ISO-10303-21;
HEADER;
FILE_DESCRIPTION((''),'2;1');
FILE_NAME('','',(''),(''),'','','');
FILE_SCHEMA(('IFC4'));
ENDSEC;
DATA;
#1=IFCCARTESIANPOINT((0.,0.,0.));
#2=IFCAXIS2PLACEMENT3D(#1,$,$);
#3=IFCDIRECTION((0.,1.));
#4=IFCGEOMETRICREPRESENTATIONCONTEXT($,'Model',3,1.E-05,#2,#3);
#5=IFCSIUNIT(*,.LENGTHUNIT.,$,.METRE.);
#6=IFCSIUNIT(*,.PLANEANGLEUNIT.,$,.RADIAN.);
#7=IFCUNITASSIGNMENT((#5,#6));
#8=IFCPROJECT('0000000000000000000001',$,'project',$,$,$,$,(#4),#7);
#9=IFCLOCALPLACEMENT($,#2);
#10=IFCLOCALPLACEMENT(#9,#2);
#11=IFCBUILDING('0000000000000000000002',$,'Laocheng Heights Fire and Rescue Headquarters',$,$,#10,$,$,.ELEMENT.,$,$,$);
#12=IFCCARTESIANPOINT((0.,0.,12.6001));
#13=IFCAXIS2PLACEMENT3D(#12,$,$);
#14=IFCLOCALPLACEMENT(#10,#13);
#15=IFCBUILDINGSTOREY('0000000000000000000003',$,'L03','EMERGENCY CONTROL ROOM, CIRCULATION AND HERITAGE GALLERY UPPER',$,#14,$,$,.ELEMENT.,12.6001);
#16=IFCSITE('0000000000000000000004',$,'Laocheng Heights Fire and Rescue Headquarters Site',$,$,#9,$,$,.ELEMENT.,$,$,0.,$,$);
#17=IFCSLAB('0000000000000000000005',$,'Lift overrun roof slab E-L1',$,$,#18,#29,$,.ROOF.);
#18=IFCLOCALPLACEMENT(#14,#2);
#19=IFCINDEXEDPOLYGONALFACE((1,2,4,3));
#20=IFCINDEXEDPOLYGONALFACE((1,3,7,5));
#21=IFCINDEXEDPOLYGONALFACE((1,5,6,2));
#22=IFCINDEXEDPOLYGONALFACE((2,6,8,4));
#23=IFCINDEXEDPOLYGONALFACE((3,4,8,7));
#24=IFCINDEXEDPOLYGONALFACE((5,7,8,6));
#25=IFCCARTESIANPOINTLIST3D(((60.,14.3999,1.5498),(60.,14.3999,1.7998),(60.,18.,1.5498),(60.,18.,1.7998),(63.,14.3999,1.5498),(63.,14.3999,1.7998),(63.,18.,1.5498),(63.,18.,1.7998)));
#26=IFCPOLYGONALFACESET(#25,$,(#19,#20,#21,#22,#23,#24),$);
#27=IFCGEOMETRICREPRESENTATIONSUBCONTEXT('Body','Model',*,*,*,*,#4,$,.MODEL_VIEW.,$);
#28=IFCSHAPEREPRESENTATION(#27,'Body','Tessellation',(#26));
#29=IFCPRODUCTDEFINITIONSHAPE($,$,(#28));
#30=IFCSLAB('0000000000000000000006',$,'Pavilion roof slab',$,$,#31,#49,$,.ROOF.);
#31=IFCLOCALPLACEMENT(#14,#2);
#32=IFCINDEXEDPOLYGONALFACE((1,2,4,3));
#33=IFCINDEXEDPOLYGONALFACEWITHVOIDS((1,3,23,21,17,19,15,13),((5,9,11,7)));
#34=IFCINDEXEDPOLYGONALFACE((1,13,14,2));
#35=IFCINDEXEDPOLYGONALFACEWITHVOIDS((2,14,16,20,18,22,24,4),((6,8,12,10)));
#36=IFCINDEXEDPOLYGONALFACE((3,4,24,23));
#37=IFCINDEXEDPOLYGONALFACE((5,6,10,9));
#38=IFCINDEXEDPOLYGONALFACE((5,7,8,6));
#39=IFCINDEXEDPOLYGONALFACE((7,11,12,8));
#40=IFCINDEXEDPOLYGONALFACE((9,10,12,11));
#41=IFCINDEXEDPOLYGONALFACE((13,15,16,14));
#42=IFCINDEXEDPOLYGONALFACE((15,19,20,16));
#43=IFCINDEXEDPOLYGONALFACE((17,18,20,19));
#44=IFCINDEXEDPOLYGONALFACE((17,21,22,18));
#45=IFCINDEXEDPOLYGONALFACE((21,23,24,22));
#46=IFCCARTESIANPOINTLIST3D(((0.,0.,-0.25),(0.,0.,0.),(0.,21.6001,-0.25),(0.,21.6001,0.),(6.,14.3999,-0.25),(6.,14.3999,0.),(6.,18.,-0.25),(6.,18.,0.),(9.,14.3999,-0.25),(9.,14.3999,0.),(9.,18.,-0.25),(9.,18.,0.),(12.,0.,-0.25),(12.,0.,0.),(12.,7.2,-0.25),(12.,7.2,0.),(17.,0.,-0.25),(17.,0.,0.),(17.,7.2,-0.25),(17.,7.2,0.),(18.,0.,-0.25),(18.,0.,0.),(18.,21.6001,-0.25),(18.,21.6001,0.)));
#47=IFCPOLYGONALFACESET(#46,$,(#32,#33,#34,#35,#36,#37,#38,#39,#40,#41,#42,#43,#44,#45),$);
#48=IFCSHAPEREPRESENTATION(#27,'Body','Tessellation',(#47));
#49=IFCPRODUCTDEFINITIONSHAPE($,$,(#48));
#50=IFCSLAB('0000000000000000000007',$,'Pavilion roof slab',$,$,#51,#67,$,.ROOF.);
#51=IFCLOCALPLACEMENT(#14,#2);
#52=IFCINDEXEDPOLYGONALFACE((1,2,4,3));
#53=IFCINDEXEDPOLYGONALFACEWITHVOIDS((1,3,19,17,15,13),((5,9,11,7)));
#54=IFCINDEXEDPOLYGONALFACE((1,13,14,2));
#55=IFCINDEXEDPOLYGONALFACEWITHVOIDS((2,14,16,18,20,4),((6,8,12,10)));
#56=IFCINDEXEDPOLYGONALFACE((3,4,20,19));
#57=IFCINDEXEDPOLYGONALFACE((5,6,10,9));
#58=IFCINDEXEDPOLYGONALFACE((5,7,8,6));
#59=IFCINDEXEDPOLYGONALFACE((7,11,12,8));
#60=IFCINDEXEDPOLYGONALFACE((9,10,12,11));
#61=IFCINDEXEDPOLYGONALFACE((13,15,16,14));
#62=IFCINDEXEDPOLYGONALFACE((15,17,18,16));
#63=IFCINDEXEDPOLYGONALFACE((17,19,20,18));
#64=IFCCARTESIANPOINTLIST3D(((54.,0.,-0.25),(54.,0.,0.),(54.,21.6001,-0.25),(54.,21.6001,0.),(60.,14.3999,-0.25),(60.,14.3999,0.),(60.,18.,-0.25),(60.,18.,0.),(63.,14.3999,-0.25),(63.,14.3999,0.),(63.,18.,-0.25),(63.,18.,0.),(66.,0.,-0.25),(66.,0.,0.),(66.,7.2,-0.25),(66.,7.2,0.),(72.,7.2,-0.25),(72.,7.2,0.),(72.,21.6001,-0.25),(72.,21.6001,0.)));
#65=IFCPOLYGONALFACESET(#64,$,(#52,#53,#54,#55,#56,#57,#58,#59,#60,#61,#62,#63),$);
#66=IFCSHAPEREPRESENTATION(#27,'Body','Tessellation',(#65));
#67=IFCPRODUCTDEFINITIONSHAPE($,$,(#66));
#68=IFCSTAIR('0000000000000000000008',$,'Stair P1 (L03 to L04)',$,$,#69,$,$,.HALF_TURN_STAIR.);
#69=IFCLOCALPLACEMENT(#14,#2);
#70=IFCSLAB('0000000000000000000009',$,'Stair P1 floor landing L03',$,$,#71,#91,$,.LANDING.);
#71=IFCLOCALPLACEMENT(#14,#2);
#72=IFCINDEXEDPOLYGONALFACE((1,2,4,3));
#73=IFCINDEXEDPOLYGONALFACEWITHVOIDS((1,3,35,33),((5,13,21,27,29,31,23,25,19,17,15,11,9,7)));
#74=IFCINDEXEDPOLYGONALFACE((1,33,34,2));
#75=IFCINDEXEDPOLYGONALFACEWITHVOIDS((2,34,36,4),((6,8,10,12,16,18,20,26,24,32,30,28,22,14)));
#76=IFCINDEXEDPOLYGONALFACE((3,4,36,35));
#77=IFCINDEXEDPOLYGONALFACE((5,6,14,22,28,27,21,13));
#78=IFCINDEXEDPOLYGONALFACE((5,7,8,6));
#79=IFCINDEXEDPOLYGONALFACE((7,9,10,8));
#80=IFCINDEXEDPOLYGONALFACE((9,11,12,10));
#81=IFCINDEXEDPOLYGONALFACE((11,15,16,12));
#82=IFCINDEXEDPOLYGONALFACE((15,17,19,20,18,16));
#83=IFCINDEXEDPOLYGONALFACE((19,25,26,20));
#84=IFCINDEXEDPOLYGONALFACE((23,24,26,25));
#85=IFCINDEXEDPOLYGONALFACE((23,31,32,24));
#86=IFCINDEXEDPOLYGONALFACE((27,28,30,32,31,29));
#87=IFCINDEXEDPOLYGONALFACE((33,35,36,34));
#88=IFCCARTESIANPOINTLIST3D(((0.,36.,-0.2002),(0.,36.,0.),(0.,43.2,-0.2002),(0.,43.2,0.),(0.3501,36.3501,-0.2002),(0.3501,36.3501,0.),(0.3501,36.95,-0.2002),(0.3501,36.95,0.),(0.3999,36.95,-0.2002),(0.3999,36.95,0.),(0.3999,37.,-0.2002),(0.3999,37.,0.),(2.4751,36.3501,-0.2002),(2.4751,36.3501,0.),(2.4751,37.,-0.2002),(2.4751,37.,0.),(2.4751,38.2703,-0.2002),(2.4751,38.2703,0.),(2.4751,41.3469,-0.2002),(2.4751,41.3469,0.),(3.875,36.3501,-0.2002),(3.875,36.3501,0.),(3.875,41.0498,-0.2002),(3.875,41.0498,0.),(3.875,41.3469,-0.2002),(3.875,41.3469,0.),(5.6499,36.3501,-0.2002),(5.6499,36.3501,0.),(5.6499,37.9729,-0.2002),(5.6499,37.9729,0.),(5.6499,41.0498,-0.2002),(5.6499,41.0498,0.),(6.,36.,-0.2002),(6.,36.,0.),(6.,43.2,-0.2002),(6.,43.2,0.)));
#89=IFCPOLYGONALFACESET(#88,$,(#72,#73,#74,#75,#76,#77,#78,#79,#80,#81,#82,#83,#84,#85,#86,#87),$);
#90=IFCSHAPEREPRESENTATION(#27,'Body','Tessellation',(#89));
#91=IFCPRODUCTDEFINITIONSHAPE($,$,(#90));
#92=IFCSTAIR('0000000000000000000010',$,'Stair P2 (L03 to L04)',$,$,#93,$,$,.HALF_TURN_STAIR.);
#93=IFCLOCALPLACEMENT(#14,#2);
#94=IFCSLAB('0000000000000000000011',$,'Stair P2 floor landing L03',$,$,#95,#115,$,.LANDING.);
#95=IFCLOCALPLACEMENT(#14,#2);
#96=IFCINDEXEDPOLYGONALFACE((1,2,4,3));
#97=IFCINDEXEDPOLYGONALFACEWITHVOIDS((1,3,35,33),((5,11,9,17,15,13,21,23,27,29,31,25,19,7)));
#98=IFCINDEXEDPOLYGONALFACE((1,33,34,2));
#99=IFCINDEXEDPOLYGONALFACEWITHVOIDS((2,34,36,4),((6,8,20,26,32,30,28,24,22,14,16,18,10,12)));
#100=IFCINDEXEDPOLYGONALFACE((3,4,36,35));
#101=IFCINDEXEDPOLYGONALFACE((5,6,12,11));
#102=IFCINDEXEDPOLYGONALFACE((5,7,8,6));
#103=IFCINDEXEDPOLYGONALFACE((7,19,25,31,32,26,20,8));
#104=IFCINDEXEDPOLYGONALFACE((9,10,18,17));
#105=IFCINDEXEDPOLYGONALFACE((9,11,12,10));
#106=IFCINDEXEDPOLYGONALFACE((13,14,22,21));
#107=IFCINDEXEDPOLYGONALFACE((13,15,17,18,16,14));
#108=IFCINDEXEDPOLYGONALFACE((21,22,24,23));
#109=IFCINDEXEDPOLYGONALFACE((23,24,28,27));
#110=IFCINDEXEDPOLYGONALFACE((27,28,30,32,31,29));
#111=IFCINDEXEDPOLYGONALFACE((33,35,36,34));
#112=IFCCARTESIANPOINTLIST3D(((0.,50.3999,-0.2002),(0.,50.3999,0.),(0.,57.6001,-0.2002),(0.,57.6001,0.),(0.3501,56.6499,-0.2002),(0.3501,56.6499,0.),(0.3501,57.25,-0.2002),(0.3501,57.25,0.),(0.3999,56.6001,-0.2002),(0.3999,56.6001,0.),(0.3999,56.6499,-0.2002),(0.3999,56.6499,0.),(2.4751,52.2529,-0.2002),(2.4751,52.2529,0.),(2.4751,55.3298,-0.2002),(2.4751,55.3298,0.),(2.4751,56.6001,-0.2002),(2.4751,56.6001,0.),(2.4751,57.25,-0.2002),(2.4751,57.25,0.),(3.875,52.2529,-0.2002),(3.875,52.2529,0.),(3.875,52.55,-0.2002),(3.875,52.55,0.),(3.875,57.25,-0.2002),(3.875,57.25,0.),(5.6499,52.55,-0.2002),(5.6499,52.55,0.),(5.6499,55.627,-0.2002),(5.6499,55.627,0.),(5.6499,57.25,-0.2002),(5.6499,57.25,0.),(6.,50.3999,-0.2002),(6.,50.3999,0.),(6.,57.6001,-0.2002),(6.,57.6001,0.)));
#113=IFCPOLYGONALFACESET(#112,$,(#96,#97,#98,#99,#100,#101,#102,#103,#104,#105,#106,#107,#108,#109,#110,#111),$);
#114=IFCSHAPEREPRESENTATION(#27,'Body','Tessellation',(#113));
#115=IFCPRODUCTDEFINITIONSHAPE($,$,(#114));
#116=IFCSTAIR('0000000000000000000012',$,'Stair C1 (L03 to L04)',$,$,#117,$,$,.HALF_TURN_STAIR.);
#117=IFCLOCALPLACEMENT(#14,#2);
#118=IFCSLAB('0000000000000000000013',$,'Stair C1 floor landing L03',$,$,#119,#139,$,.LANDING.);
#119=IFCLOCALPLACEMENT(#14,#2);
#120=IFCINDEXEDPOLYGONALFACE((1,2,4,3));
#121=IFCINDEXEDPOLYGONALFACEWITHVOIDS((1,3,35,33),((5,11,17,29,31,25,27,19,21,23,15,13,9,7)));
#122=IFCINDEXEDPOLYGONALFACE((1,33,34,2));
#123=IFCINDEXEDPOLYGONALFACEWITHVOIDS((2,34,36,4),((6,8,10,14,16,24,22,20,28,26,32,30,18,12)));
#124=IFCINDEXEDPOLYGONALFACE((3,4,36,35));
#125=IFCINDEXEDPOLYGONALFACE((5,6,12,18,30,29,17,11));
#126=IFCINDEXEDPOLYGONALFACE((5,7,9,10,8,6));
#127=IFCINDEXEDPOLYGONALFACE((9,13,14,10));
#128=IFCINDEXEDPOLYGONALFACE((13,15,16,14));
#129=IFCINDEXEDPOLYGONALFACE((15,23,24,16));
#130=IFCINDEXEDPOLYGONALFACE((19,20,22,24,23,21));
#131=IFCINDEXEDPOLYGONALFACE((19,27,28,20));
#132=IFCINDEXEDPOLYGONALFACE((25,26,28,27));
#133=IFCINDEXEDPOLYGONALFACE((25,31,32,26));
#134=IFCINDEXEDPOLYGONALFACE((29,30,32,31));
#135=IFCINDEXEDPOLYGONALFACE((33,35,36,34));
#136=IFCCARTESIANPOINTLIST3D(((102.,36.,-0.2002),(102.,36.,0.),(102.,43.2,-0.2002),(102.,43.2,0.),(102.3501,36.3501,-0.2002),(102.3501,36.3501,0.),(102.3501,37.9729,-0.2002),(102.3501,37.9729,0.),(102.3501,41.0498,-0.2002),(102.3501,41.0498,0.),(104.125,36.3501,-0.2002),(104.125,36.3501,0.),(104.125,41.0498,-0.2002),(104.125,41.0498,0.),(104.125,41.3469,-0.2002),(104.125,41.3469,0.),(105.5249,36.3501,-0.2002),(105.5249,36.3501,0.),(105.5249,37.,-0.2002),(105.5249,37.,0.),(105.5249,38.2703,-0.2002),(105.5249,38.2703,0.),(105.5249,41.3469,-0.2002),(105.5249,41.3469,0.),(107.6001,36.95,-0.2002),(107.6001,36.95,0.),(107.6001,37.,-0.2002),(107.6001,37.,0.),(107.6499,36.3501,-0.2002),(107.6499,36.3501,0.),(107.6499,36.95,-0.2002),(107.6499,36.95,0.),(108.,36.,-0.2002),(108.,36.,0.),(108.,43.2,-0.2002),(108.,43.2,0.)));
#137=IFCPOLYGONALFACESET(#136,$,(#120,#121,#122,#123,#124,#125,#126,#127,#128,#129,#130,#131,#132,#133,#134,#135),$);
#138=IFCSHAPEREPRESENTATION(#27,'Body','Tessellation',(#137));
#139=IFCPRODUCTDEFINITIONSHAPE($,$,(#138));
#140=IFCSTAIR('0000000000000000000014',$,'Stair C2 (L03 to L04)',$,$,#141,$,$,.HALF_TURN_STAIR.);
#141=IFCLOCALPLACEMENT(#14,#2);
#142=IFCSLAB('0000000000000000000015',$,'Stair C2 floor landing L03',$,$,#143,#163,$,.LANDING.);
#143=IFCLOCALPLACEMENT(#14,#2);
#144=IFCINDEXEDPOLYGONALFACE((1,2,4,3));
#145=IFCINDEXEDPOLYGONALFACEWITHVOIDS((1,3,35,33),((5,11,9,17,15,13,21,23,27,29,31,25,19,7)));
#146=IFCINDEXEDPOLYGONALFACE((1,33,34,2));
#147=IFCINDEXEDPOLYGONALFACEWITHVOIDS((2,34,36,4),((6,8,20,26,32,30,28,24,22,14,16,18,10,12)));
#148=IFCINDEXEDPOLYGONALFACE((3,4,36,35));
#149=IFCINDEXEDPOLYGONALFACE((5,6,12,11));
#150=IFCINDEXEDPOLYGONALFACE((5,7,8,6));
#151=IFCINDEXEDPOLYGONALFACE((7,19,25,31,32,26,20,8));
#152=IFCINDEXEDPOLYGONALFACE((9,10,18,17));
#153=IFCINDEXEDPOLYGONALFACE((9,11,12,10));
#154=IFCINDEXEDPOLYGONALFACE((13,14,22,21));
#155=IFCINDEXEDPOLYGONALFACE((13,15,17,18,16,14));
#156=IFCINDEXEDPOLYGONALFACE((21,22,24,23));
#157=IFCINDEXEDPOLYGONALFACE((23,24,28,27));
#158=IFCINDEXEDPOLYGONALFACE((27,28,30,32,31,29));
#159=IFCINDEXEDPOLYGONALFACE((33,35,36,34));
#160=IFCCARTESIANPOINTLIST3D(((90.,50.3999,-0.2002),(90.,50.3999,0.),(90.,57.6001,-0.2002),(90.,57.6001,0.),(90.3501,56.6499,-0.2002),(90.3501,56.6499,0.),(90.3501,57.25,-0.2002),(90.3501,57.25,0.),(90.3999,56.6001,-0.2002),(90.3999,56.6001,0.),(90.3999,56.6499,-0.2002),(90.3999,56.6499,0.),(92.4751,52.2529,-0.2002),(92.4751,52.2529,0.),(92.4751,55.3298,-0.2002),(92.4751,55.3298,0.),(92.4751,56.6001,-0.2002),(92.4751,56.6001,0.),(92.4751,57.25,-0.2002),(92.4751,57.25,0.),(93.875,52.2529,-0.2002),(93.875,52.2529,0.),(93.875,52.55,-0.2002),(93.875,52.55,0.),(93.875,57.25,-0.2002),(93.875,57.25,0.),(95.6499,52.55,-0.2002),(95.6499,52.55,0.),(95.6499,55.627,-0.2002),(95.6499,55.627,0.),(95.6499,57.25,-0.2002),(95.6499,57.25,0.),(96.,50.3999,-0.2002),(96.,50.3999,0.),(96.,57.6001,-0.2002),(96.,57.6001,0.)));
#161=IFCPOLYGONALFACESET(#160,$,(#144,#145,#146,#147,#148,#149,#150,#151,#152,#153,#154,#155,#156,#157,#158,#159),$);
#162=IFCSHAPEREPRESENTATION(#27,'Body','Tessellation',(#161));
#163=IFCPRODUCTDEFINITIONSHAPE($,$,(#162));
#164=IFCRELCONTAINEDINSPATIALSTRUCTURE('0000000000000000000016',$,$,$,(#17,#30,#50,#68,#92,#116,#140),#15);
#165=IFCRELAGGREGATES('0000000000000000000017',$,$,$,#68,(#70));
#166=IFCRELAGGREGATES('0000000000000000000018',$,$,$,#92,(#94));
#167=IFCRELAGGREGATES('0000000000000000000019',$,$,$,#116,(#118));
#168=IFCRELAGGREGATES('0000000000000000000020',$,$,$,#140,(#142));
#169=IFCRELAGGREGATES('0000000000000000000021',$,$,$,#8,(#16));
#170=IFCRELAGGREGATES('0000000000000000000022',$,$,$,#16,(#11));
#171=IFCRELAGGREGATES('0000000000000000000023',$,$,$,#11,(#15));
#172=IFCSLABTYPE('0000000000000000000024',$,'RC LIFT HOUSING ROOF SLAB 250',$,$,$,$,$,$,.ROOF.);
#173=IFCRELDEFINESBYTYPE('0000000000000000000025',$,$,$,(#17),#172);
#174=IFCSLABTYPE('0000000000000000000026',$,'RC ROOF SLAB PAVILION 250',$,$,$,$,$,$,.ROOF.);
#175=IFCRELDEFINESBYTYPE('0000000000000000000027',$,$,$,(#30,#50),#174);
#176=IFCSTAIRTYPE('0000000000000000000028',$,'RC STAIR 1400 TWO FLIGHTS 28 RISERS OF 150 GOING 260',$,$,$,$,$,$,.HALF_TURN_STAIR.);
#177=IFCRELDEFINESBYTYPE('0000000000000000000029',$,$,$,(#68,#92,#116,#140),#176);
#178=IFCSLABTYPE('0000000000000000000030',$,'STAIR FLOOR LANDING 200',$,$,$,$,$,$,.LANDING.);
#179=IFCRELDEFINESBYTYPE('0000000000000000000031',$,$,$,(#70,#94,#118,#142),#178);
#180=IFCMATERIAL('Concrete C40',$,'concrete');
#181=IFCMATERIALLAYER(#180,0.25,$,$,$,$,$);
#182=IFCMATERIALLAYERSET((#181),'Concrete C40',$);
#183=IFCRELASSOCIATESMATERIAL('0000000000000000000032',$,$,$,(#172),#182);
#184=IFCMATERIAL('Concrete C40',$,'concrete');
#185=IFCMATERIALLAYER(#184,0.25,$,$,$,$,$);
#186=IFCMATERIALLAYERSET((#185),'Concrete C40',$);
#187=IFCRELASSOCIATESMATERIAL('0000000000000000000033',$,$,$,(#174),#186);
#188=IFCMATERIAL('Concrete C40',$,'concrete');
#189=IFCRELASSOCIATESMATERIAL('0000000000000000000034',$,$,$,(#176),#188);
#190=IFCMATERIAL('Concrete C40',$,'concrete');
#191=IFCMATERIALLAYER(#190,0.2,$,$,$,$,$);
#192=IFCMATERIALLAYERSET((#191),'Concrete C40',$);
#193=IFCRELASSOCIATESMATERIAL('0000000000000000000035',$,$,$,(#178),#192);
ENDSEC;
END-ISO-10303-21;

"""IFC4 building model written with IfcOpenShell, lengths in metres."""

from ifc_helpers import new_model, si_unit, direction, frame, origin, place, context, subcontext, project, spatial, polyline, outline, extrude, material, layer, layer_set, type_object, element, aggregate, save


model = new_model("IFC4")

# Units and contexts
model_context = context("Model", 3, precision=1e-05, world=origin(), true_north=direction((0.0, 1.0)))
body_context = subcontext(model_context, "Body", "Model", "MODEL_VIEW")
ifc_project = project(units=[si_unit("LENGTHUNIT", "METRE"), si_unit("PLANEANGLEUNIT", "RADIAN")], contexts=[model_context])

# Site, building, storey
site_placement = place(None, origin())
site = spatial("IfcSite", under=ifc_project, at=site_placement, Name="Laocheng Heights Fire and Rescue Headquarters Site", CompositionType="ELEMENT", RefElevation=0.0)
building_placement = place(site_placement, origin())
building = spatial("IfcBuilding", under=site, at=building_placement, Name="Laocheng Heights Fire and Rescue Headquarters", CompositionType="ELEMENT")
storey_placement = place(building_placement, frame((0.0, 0.0, 12.6001)))
storey = spatial("IfcBuildingStorey", under=building, at=storey_placement, Name="L03", Description="EMERGENCY CONTROL ROOM, CIRCULATION AND HERITAGE GALLERY UPPER", CompositionType="ELEMENT", Elevation=12.6001)

# Slabs
ifc_material_1 = material(Name="Concrete C40", Category="concrete")
ifc_layer_1 = layer(ifc_material_1, 0.25)
ifc_layer_set_1 = layer_set([ifc_layer_1], Name="Concrete C40")
slab_type_1 = type_object("IfcSlabType", Name="RC LIFT HOUSING ROOF SLAB 250", PredefinedType="ROOF", material=ifc_layer_set_1)
slab_1_placement = place(storey_placement, frame((0.0, 0.0, 1.5498)))
element("IfcSlab", 1, at=slab_1_placement, inside=storey, type_object=slab_type_1, Name="Lift overrun roof slab E-L1", PredefinedType="ROOF", context=body_context, shape_type="SweptSolid", body=[
    extrude(outline(polyline([(60.0, 14.3999), (63.0, 14.3999), (63.0, 18.0), (60.0, 18.0), (60.0, 14.3999)])), origin(), (0.0, 0.0, 1.0), 0.25),
])
ifc_material_2 = material(Name="Concrete C40", Category="concrete")
ifc_layer_2 = layer(ifc_material_2, 0.25)
ifc_layer_set_2 = layer_set([ifc_layer_2], Name="Concrete C40")
slab_type_2 = type_object("IfcSlabType", Name="RC ROOF SLAB PAVILION 250", PredefinedType="ROOF", material=ifc_layer_set_2)
slab_2_placement = place(storey_placement, frame((0.0, 0.0, -0.25)))
element("IfcSlab", 2, at=slab_2_placement, inside=storey, type_object=slab_type_2, Name="Pavilion roof slab", PredefinedType="ROOF", context=body_context, shape_type="SweptSolid", body=[
    extrude(outline(polyline([(0.0, 0.0), (12.0, 0.0), (12.0, 7.2), (17.0, 7.2), (17.0, 0.0), (18.0, 0.0), (18.0, 21.6001), (0.0, 21.6001), (0.0, 0.0)]), holes=[polyline([(9.0, 18.0), (9.0, 14.3999), (6.0, 14.3999), (6.0, 18.0), (9.0, 18.0)])]), origin(), (0.0, 0.0, 1.0), 0.25),
])
slab_3_placement = place(storey_placement, frame((0.0, 0.0, -0.25)))
element("IfcSlab", 3, at=slab_3_placement, inside=storey, type_object=slab_type_2, Name="Pavilion roof slab", PredefinedType="ROOF", context=body_context, shape_type="SweptSolid", body=[
    extrude(outline(polyline([(54.0, 0.0), (66.0, 0.0), (66.0, 7.2), (72.0, 7.2), (72.0, 21.6001), (54.0, 21.6001), (54.0, 0.0)]), holes=[polyline([(63.0, 18.0), (63.0, 14.3999), (60.0, 14.3999), (60.0, 18.0), (63.0, 18.0)])]), origin(), (0.0, 0.0, 1.0), 0.25),
])

# Stairs, slabs
ifc_material_3 = material(Name="Concrete C40", Category="concrete")
stair_type_1 = type_object("IfcStairType", Name="RC STAIR 1400 TWO FLIGHTS 28 RISERS OF 150 GOING 260", PredefinedType="HALF_TURN_STAIR", material=ifc_material_3)
stair_1_placement = place(storey_placement, origin())
stair_1 = element("IfcStair", 4, at=stair_1_placement, inside=storey, type_object=stair_type_1, Name="Stair P1 (L03 to L04)", PredefinedType="HALF_TURN_STAIR")
ifc_material_4 = material(Name="Concrete C40", Category="concrete")
ifc_layer_3 = layer(ifc_material_4, 0.2)
ifc_layer_set_3 = layer_set([ifc_layer_3], Name="Concrete C40")
slab_type_3 = type_object("IfcSlabType", Name="STAIR FLOOR LANDING 200", PredefinedType="LANDING", material=ifc_layer_set_3)
slab_4_placement = place(storey_placement, frame((0.0, 0.0, -0.2002)))
slab_4 = element("IfcSlab", 5, at=slab_4_placement, type_object=slab_type_3, Name="Stair P1 floor landing L03", PredefinedType="LANDING", context=body_context, shape_type="SweptSolid", body=[
    extrude(outline(polyline([(0.0, 43.2), (6.0, 43.2), (6.0, 36.0), (0.0, 36.0), (0.0, 43.2)]), holes=[polyline([(3.875, 41.0498), (3.875, 41.3469), (2.4751, 41.3469), (2.4751, 38.2703), (2.4751, 37.0), (0.3999, 37.0), (0.3999, 36.95), (0.3501, 36.95), (0.3501, 36.3501), (2.4751, 36.3501), (3.875, 36.3501), (5.6499, 36.3501), (5.6499, 37.9729), (5.6499, 41.0498), (3.875, 41.0498)])]), origin(), (0.0, 0.0, 1.0), 0.2002),
])
aggregate(stair_1, [slab_4])
stair_2_placement = place(storey_placement, origin())
stair_2 = element("IfcStair", 6, at=stair_2_placement, inside=storey, type_object=stair_type_1, Name="Stair P2 (L03 to L04)", PredefinedType="HALF_TURN_STAIR")
slab_5_placement = place(storey_placement, frame((0.0, 0.0, -0.2002)))
slab_5 = element("IfcSlab", 7, at=slab_5_placement, type_object=slab_type_3, Name="Stair P2 floor landing L03", PredefinedType="LANDING", context=body_context, shape_type="SweptSolid", body=[
    extrude(outline(polyline([(0.0, 57.6001), (6.0, 57.6001), (6.0, 50.3999), (0.0, 50.3999), (0.0, 57.6001)]), holes=[polyline([(2.4751, 57.25), (0.3501, 57.25), (0.3501, 56.6499), (0.3999, 56.6499), (0.3999, 56.6001), (2.4751, 56.6001), (2.4751, 55.3298), (2.4751, 52.2529), (3.875, 52.2529), (3.875, 52.55), (5.6499, 52.55), (5.6499, 55.627), (5.6499, 57.25), (3.875, 57.25), (2.4751, 57.25)])]), origin(), (0.0, 0.0, 1.0), 0.2002),
])
aggregate(stair_2, [slab_5])
stair_3_placement = place(storey_placement, origin())
stair_3 = element("IfcStair", 8, at=stair_3_placement, inside=storey, type_object=stair_type_1, Name="Stair C1 (L03 to L04)", PredefinedType="HALF_TURN_STAIR")
slab_6_placement = place(storey_placement, frame((0.0, 0.0, -0.2002)))
slab_6 = element("IfcSlab", 9, at=slab_6_placement, type_object=slab_type_3, Name="Stair C1 floor landing L03", PredefinedType="LANDING", context=body_context, shape_type="SweptSolid", body=[
    extrude(outline(polyline([(102.0, 43.2), (108.0, 43.2), (108.0, 36.0), (102.0, 36.0), (102.0, 43.2)]), holes=[polyline([(105.5249, 36.3501), (107.6499, 36.3501), (107.6499, 36.95), (107.6001, 36.95), (107.6001, 37.0), (105.5249, 37.0), (105.5249, 38.2703), (105.5249, 41.3469), (104.125, 41.3469), (104.125, 41.0498), (102.3501, 41.0498), (102.3501, 37.9729), (102.3501, 36.3501), (104.125, 36.3501), (105.5249, 36.3501)])]), origin(), (0.0, 0.0, 1.0), 0.2002),
])
aggregate(stair_3, [slab_6])
stair_4_placement = place(storey_placement, origin())
stair_4 = element("IfcStair", 10, at=stair_4_placement, inside=storey, type_object=stair_type_1, Name="Stair C2 (L03 to L04)", PredefinedType="HALF_TURN_STAIR")
slab_7_placement = place(storey_placement, frame((0.0, 0.0, -0.2002)))
slab_7 = element("IfcSlab", 11, at=slab_7_placement, type_object=slab_type_3, Name="Stair C2 floor landing L03", PredefinedType="LANDING", context=body_context, shape_type="SweptSolid", body=[
    extrude(outline(polyline([(90.0, 57.6001), (96.0, 57.6001), (96.0, 50.3999), (90.0, 50.3999), (90.0, 57.6001)]), holes=[polyline([(92.4751, 57.25), (90.3501, 57.25), (90.3501, 56.6499), (90.3999, 56.6499), (90.3999, 56.6001), (92.4751, 56.6001), (92.4751, 55.3298), (92.4751, 52.2529), (93.875, 52.2529), (93.875, 52.55), (95.6499, 52.55), (95.6499, 55.627), (95.6499, 57.25), (93.875, 57.25), (92.4751, 57.25)])]), origin(), (0.0, 0.0, 1.0), 0.2002),
])
aggregate(stair_4, [slab_7])

save(model, "model.ifc")
